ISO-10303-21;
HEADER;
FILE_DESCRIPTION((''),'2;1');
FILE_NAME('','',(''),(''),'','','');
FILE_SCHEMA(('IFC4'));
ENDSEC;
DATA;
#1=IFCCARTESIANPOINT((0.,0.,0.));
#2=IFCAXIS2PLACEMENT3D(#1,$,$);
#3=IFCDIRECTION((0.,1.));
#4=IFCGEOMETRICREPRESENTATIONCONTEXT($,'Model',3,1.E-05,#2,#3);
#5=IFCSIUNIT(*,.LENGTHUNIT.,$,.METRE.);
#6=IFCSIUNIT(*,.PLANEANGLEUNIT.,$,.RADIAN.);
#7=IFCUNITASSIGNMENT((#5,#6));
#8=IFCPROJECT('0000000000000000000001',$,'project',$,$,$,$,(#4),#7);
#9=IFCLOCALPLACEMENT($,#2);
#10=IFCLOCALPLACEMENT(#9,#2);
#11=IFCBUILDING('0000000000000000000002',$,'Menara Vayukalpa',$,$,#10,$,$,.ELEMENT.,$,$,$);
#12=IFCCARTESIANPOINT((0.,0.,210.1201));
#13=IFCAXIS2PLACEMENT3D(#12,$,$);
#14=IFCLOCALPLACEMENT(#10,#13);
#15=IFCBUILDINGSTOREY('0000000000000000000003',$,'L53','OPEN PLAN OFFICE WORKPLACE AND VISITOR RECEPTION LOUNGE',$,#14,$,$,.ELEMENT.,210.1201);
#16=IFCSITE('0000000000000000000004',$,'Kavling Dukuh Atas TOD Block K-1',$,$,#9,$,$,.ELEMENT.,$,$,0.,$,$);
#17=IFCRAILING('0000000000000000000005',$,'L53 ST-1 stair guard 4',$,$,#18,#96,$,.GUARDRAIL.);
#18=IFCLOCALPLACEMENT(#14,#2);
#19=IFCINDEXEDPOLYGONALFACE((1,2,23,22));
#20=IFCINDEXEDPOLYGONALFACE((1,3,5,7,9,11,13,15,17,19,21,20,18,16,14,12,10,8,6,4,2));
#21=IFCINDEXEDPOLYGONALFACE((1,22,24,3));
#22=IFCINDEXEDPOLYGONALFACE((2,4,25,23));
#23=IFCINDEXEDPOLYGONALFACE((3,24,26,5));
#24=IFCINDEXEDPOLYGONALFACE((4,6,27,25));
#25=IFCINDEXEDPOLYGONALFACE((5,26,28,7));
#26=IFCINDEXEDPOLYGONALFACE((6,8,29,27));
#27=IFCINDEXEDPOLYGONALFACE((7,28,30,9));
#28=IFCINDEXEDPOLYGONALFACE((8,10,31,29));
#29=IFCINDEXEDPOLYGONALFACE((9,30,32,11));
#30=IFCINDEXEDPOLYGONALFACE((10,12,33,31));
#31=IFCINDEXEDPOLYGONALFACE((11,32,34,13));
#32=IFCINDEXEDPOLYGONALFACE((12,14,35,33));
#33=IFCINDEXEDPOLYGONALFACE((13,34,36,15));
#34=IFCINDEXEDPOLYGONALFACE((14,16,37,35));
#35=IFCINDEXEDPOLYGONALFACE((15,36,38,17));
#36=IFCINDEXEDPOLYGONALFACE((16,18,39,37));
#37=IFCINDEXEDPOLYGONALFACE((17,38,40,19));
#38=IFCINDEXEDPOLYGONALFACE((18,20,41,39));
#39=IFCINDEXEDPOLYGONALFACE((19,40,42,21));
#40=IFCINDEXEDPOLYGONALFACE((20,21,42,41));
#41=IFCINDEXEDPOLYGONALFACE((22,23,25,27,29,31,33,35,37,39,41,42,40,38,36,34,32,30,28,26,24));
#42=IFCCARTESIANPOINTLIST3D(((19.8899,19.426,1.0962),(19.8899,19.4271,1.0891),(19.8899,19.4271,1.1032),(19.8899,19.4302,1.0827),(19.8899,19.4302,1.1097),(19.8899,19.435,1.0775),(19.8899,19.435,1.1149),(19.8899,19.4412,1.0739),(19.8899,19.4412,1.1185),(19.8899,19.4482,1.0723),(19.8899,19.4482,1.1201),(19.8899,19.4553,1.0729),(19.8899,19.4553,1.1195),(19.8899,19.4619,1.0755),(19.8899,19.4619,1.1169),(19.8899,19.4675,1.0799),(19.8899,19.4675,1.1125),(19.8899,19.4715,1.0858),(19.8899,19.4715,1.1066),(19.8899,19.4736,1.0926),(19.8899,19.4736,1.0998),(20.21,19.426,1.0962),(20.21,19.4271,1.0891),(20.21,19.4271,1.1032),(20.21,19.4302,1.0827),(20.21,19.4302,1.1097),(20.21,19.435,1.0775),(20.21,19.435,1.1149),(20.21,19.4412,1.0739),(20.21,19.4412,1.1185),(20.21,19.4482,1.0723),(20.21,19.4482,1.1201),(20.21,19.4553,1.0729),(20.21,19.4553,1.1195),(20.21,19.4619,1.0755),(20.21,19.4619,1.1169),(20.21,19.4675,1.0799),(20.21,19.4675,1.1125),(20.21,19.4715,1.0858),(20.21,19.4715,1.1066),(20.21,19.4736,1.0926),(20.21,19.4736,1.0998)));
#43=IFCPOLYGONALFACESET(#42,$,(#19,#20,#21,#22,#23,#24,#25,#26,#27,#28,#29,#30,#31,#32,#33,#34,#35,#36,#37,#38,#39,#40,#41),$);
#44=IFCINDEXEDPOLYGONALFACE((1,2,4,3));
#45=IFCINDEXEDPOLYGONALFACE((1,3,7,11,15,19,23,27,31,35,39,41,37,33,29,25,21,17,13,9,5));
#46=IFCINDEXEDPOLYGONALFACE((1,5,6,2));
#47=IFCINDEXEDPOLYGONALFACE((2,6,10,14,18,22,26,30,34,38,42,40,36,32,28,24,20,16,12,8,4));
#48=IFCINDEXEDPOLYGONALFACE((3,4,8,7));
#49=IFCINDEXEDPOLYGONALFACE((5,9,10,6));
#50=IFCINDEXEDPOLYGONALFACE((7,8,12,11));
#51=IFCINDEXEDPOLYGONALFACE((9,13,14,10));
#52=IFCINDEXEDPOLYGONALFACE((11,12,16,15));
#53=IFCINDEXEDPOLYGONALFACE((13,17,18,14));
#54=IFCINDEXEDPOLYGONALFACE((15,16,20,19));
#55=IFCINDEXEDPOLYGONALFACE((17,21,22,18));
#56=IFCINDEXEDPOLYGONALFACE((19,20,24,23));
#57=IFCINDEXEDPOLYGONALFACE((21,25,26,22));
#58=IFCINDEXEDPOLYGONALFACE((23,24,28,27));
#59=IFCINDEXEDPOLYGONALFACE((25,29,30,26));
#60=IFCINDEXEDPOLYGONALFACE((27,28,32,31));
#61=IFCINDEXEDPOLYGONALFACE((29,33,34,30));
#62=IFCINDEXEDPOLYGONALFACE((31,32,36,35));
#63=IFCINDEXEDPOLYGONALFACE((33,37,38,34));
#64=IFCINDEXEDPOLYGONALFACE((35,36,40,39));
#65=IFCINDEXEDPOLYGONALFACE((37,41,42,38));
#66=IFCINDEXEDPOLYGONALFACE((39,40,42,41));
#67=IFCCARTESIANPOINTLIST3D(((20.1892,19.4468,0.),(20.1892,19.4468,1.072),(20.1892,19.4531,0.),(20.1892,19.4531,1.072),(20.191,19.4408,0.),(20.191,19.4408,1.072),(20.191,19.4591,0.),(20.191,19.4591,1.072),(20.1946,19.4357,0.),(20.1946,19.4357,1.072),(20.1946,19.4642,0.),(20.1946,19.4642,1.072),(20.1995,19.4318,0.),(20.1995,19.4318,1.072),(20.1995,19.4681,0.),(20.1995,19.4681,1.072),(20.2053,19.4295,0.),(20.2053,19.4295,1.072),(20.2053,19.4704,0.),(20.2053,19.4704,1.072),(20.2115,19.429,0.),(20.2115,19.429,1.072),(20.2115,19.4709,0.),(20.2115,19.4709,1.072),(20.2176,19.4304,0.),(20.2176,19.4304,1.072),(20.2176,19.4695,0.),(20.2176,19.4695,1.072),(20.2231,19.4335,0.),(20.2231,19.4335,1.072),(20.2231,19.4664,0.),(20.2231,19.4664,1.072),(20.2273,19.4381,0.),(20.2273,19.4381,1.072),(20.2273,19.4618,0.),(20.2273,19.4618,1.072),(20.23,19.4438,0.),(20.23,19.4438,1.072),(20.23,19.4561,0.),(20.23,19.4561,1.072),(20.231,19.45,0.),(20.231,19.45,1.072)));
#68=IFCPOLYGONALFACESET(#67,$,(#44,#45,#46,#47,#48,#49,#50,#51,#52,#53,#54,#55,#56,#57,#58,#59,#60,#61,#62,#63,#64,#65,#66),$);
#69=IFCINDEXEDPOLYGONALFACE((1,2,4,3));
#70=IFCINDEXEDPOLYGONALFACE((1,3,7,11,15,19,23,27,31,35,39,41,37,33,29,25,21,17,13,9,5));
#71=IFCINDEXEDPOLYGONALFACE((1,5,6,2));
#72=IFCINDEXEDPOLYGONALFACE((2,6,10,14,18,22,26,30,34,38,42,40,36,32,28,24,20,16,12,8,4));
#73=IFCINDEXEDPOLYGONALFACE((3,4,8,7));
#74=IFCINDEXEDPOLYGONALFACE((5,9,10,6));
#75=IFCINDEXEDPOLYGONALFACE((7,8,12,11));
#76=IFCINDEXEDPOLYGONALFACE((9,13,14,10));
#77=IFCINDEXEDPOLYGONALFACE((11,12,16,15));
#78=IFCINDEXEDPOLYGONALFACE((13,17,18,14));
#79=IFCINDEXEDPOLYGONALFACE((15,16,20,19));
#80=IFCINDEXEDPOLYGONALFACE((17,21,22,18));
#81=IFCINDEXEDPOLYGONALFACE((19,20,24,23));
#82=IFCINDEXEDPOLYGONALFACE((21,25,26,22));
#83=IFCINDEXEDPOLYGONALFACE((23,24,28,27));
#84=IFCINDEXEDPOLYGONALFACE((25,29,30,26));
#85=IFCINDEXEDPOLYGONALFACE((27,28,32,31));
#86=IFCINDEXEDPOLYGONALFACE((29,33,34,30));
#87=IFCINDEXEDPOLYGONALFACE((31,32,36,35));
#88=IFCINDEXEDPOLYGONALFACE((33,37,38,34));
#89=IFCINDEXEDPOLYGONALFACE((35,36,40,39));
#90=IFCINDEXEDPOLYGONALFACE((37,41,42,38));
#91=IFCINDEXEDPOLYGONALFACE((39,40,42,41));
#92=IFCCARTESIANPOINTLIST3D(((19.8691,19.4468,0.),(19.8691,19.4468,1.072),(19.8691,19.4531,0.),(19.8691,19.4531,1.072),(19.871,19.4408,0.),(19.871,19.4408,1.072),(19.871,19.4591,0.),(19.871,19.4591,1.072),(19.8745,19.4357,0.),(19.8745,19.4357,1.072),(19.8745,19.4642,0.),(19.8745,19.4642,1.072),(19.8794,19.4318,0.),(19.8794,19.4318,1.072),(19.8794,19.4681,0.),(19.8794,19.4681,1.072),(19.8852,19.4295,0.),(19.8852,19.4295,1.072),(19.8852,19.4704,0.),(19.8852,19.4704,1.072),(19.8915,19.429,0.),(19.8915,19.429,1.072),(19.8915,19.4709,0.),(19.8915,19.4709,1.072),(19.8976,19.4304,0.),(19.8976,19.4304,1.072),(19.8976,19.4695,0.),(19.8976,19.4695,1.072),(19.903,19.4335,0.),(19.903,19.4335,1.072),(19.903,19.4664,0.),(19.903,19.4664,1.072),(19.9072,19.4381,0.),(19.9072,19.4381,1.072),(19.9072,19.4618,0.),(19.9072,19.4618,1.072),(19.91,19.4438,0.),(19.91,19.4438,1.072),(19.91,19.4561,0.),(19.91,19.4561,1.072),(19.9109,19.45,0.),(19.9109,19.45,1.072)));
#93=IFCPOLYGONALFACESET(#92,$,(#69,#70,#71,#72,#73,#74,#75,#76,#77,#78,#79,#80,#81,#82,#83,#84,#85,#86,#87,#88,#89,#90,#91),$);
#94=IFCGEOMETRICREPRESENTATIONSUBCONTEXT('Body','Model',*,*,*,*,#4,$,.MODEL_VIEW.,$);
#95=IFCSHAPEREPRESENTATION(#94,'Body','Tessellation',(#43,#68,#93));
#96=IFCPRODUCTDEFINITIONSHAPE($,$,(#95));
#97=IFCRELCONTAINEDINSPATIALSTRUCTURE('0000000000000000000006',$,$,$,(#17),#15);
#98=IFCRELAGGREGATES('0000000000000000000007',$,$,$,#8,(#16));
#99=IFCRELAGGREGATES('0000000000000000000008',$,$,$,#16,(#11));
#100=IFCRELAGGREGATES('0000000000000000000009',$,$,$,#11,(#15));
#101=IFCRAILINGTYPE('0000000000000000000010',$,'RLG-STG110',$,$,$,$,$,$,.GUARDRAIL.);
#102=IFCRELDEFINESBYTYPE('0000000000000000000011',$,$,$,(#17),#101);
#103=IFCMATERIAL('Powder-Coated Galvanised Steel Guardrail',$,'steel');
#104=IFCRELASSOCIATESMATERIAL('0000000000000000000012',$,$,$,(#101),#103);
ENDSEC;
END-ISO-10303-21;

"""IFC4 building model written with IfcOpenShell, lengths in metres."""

from ifc_helpers import new_model, si_unit, direction, frame, origin, origin_2d, place, context, subcontext, project, spatial, circle, extrude, material, type_object, element, save


model = new_model("IFC4")

# Units and contexts
model_context = context("Model", 3, precision=1e-05, world=origin(), true_north=direction((0.0, 1.0)))
body_context = subcontext(model_context, "Body", "Model", "MODEL_VIEW")
ifc_project = project(units=[si_unit("LENGTHUNIT", "METRE"), si_unit("PLANEANGLEUNIT", "RADIAN")], contexts=[model_context])

# Site, building, storey
site_placement = place(None, origin())
site = spatial("IfcSite", under=ifc_project, at=site_placement, Name="Kavling Dukuh Atas TOD Block K-1", CompositionType="ELEMENT", RefElevation=0.0)
building_placement = place(site_placement, origin())
building = spatial("IfcBuilding", under=site, at=building_placement, Name="Menara Vayukalpa", CompositionType="ELEMENT")
storey_placement = place(building_placement, frame((0.0, 0.0, 210.1201)))
storey = spatial("IfcBuildingStorey", under=building, at=storey_placement, Name="L53", Description="OPEN PLAN OFFICE WORKPLACE AND VISITOR RECEPTION LOUNGE", CompositionType="ELEMENT", Elevation=210.1201)

# Railing
ifc_material_1 = material(Name="Powder-Coated Galvanised Steel Guardrail", Category="steel")
railing_type = type_object("IfcRailingType", Name="RLG-STG110", PredefinedType="GUARDRAIL", material=ifc_material_1)
railing_1_placement = place(storey_placement, frame((20.21, 19.45, 0.0)))
element("IfcRailing", 1, at=railing_1_placement, inside=storey, type_object=railing_type, Name="L53 ST-1 stair guard 4", PredefinedType="GUARDRAIL", context=body_context, shape_type="SweptSolid", body=[
    extrude(circle(Radius=0.0239, at=origin_2d()), frame((0.0, 0.0, 1.0962), z_axis=(-1.0, 0.0, 0.0), x_axis=(0.0, -1.0, 0.0)), (0.0, 0.0, 1.0), 0.3201),
    extrude(circle(Radius=0.021, at=origin_2d()), origin(), (0.0, 0.0, 1.0), 1.072),
    extrude(circle(Radius=0.021, at=origin_2d()), frame((-0.3201, 0.0, 0.0)), (0.0, 0.0, 1.0), 1.072),
])

save(model, "model.ifc")
